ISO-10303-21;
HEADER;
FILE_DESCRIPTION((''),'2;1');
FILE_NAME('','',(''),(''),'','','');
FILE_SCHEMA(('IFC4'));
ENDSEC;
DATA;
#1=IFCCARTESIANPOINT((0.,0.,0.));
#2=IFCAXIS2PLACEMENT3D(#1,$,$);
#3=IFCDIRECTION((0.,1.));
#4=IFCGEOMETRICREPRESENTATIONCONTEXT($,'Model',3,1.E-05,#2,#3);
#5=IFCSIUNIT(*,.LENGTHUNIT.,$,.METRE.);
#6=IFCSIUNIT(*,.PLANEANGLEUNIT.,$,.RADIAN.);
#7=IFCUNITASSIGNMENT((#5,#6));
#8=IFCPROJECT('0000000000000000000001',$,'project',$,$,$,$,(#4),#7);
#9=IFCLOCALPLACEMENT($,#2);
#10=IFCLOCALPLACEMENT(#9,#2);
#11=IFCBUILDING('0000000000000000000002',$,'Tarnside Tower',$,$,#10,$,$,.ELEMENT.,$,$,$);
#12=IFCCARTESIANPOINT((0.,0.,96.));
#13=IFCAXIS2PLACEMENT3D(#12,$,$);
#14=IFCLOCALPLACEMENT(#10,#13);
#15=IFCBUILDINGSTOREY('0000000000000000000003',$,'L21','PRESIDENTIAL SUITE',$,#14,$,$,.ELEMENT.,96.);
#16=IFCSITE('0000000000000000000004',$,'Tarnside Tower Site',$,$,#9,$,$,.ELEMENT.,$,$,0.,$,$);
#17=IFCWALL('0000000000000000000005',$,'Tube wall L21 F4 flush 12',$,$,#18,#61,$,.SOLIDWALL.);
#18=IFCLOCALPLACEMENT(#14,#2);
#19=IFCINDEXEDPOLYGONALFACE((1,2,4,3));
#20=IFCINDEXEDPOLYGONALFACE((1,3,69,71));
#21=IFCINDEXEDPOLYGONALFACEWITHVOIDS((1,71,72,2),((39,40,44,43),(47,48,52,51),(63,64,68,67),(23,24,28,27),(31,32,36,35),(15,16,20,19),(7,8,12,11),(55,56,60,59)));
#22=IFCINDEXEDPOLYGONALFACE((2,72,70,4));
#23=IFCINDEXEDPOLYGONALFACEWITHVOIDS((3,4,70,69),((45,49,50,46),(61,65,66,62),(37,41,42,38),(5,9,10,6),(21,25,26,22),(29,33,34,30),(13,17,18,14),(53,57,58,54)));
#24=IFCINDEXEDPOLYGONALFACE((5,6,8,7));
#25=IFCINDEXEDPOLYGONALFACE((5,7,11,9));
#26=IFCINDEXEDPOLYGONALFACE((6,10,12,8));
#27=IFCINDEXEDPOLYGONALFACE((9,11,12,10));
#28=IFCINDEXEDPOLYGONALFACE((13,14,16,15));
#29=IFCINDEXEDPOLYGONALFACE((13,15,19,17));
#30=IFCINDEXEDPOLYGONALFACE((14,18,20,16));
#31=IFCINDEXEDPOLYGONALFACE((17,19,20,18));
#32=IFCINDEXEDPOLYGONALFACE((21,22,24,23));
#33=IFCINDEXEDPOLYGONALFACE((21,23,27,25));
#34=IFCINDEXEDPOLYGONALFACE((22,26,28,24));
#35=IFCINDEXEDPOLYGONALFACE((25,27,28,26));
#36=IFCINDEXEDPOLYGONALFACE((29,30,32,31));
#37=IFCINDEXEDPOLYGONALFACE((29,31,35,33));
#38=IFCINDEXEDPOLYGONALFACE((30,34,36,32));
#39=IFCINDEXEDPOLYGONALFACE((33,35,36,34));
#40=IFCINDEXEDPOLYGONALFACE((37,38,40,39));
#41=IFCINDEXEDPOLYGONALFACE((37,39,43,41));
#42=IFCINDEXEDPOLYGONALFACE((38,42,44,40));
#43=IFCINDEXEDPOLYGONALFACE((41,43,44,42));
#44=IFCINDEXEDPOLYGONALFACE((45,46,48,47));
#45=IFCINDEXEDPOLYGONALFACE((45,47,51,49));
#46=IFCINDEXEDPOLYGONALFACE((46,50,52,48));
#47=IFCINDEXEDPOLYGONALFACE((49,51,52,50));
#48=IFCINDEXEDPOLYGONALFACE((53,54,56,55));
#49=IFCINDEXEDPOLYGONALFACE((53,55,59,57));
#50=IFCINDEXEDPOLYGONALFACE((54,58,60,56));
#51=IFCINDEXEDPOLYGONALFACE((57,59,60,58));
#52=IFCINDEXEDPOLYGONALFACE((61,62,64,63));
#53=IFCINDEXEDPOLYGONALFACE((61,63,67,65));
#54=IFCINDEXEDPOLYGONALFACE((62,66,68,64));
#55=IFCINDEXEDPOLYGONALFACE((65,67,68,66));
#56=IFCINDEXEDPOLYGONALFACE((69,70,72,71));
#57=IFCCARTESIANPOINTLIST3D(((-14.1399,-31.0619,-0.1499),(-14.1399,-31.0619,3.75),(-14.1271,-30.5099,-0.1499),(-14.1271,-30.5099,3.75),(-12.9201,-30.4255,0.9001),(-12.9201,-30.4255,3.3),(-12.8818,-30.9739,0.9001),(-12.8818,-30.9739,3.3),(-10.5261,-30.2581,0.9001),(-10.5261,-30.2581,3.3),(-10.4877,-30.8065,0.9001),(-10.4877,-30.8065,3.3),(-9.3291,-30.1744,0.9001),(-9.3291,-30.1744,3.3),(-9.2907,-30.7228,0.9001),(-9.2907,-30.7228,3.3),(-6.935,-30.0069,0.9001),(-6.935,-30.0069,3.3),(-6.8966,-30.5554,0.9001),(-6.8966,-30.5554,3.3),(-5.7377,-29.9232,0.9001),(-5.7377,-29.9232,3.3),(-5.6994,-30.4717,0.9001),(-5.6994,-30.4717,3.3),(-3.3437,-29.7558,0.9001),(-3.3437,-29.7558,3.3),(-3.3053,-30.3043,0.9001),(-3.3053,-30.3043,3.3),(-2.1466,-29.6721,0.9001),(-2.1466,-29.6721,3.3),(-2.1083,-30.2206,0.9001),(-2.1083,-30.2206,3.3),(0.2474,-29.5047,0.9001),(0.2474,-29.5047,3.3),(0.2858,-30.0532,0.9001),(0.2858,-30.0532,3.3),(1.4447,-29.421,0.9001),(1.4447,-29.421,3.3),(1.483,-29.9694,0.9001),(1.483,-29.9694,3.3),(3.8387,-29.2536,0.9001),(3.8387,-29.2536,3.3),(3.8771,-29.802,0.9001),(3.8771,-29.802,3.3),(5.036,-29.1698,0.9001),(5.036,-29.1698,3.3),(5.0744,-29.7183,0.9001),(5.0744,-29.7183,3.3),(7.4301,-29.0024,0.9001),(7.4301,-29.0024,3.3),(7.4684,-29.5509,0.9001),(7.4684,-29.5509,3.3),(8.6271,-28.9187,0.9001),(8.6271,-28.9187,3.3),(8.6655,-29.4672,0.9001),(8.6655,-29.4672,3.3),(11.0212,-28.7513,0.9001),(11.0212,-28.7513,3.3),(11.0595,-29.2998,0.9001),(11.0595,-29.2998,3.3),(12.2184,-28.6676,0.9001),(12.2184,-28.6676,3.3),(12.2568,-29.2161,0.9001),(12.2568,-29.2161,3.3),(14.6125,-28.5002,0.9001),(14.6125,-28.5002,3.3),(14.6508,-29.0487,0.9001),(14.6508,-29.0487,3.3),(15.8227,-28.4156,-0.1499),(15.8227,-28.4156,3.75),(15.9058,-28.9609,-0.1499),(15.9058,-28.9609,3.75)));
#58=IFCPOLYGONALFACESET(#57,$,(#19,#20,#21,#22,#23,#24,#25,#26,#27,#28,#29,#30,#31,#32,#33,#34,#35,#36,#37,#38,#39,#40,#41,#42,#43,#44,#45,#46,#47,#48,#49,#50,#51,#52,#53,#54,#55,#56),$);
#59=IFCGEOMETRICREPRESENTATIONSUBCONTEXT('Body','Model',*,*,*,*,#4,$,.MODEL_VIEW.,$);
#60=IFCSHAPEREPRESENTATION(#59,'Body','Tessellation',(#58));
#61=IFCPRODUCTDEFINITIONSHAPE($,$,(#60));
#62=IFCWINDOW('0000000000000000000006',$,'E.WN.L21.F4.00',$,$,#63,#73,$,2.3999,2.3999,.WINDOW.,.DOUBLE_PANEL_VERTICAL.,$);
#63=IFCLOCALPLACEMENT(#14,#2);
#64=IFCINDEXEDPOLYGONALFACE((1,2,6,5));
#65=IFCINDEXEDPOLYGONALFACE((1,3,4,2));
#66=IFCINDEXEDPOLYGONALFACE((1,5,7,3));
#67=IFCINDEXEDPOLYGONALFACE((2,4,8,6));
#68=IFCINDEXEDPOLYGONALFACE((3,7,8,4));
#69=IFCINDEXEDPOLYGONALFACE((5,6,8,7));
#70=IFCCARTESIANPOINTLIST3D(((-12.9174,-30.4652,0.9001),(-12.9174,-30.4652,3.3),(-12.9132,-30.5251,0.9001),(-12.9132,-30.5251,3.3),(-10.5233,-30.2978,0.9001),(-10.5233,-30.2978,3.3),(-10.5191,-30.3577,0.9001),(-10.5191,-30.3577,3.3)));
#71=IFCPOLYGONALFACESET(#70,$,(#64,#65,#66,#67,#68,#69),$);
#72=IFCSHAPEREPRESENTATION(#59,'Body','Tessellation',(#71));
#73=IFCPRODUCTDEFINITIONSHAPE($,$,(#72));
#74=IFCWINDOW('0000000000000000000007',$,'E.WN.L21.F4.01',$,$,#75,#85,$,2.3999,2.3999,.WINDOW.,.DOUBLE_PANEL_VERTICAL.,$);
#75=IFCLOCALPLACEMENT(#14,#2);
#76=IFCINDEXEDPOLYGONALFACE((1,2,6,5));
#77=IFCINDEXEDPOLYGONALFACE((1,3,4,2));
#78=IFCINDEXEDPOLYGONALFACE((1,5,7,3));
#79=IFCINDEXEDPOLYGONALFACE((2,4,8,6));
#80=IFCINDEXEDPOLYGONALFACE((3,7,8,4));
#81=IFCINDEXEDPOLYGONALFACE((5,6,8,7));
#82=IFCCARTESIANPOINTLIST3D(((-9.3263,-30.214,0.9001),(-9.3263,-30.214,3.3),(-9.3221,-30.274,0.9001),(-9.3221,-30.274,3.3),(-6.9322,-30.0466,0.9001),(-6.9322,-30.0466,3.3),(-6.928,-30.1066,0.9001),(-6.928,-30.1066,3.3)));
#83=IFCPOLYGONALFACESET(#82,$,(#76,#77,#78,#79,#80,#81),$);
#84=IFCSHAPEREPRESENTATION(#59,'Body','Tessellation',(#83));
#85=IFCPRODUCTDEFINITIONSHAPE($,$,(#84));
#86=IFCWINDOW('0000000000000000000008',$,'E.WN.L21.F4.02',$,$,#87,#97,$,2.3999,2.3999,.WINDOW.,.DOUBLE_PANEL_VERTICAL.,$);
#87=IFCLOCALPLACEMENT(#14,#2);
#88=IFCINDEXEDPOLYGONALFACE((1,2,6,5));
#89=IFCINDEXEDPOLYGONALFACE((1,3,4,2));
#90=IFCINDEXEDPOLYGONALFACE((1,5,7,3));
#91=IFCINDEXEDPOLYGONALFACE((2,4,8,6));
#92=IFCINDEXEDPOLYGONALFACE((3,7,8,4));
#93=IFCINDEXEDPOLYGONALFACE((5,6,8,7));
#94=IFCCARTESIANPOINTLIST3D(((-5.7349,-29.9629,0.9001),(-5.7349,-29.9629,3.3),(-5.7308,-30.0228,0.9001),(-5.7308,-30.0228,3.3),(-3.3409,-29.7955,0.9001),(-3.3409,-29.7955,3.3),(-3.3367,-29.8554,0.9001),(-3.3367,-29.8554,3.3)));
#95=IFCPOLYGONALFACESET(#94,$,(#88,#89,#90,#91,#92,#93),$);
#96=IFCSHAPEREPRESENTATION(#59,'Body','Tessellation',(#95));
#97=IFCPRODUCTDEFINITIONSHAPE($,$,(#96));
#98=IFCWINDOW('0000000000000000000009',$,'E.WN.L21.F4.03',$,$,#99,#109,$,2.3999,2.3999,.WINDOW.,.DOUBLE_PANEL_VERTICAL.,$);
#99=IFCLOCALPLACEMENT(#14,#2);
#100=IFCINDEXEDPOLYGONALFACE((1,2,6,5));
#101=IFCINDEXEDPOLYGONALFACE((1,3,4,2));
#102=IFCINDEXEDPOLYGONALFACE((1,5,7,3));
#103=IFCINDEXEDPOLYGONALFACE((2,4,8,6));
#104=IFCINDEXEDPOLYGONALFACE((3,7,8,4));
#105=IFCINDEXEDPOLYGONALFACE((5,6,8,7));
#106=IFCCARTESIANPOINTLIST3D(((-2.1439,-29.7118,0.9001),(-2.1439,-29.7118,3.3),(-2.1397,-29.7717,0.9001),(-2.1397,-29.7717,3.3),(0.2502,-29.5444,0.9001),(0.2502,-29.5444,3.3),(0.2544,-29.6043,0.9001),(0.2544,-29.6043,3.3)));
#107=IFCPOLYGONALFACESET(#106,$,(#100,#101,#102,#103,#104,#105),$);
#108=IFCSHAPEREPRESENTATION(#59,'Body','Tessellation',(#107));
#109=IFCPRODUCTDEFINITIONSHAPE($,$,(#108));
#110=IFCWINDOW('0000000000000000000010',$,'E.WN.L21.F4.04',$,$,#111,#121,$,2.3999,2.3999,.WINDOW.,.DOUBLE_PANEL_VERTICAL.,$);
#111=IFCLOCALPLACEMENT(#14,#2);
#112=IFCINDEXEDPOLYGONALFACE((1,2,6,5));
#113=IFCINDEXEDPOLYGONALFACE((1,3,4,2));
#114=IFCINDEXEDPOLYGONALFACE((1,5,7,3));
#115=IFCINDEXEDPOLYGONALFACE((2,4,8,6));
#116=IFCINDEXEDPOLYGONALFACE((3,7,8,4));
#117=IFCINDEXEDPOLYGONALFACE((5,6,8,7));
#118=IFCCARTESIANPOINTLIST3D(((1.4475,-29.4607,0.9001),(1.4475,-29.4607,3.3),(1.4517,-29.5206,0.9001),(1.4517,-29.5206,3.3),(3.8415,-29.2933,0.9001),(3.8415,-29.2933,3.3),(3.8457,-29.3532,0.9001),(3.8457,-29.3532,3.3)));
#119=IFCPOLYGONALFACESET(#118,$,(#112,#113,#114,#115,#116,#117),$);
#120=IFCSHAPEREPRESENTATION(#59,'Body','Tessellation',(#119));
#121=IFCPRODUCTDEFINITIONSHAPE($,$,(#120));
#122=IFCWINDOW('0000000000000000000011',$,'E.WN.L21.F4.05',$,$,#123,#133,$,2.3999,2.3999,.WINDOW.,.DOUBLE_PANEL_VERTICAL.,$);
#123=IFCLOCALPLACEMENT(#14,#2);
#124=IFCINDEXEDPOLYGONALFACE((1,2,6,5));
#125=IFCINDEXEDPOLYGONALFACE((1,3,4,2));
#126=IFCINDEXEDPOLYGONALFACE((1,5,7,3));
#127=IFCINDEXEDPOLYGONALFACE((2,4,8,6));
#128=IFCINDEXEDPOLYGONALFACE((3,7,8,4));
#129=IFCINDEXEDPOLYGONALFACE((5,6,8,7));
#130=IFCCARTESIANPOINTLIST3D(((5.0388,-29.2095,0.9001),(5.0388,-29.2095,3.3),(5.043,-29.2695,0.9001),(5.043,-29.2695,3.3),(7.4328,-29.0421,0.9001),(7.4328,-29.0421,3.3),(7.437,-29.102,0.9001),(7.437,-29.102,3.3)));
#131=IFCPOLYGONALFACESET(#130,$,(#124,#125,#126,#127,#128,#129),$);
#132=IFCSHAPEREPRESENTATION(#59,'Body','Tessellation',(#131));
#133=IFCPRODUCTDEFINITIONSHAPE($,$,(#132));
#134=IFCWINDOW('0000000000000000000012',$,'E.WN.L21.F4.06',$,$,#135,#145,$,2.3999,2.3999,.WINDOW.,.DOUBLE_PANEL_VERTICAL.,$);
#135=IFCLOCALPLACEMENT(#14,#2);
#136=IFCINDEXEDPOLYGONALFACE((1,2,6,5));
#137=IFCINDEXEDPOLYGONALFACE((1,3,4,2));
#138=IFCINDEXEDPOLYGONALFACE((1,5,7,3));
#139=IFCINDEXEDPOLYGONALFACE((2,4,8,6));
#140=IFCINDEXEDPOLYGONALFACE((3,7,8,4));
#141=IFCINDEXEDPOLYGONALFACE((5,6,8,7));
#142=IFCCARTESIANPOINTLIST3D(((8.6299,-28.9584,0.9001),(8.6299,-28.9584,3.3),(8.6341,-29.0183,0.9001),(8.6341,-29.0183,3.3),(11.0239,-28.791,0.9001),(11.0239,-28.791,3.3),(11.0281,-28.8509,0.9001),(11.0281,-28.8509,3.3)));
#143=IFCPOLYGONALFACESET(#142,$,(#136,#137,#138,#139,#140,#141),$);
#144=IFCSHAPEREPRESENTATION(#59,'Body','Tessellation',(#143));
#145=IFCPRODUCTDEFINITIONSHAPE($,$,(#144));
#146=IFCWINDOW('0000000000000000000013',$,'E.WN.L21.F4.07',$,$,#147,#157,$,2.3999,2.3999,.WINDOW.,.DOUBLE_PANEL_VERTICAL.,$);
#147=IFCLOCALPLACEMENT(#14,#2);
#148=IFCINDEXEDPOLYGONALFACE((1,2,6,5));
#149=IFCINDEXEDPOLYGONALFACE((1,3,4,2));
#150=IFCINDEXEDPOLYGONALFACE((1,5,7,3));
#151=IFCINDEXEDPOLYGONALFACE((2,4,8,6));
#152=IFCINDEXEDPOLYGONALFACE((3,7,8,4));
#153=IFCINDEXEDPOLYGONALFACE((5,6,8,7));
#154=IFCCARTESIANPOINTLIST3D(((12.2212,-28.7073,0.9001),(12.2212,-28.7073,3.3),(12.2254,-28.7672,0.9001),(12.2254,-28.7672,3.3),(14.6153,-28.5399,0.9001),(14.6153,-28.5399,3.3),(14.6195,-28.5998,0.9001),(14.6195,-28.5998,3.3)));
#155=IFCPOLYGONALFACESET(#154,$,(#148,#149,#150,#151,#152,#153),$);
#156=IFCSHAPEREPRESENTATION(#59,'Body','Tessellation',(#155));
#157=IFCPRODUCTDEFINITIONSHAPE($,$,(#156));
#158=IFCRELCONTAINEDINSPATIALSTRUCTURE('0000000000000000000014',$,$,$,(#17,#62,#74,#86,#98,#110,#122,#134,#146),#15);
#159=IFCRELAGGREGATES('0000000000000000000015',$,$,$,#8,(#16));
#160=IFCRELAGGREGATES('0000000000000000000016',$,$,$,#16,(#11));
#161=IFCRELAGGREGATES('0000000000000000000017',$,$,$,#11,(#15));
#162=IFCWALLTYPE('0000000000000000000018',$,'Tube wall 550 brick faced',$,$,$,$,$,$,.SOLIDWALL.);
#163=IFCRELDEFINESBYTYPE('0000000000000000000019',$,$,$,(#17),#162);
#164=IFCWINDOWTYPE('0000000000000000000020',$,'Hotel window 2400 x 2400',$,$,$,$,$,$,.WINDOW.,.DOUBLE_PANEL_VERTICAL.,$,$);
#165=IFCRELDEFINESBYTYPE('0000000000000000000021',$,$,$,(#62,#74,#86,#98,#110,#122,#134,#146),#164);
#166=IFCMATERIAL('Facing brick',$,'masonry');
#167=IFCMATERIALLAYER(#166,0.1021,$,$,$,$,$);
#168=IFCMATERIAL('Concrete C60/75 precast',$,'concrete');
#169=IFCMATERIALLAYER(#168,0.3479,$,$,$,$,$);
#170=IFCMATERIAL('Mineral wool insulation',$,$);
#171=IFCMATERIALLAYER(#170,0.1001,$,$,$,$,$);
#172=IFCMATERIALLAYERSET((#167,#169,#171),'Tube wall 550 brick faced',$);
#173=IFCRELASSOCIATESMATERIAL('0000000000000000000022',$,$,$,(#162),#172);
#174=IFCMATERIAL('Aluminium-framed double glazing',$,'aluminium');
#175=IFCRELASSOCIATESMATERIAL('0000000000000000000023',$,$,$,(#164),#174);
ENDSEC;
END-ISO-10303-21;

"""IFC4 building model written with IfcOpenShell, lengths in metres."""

from ifc_helpers import new_model, si_unit, direction, frame, frame_2d, origin, place, context, subcontext, project, spatial, polyline, rectangle, outline, extrude, material, layer, layer_set, type_object, element, fill, save


model = new_model("IFC4")

# Units and contexts
model_context = context("Model", 3, precision=1e-05, world=origin(), true_north=direction((0.0, 1.0)))
body_context = subcontext(model_context, "Body", "Model", "MODEL_VIEW")
ifc_project = project(units=[si_unit("LENGTHUNIT", "METRE"), si_unit("PLANEANGLEUNIT", "RADIAN")], contexts=[model_context])

# Site, building, storey
site_placement = place(None, origin())
site = spatial("IfcSite", under=ifc_project, at=site_placement, Name="Tarnside Tower Site", CompositionType="ELEMENT", RefElevation=0.0)
building_placement = place(site_placement, origin())
building = spatial("IfcBuilding", under=site, at=building_placement, Name="Tarnside Tower", CompositionType="ELEMENT")
storey_placement = place(building_placement, frame((0.0, 0.0, 96.0)))
storey = spatial("IfcBuildingStorey", under=building, at=storey_placement, Name="L21", Description="PRESIDENTIAL SUITE", CompositionType="ELEMENT", Elevation=96.0)

# Shared definitions
ifc_material_1 = material(Name="Facing brick", Category="masonry")
ifc_layer_1 = layer(ifc_material_1, 0.1021)
ifc_material_2 = material(Name="Concrete C60/75 precast", Category="concrete")
ifc_layer_2 = layer(ifc_material_2, 0.3479)
ifc_material_3 = material(Name="Mineral wool insulation")
ifc_layer_3 = layer(ifc_material_3, 0.1001)
ifc_layer_set_1 = layer_set([ifc_layer_1, ifc_layer_2, ifc_layer_3], Name="Tube wall 550 brick faced")
wall_type_1 = type_object("IfcWallType", Name="Tube wall 550 brick faced", PredefinedType="SOLIDWALL", material=ifc_layer_set_1)

# Wall, openings, windows
wall_1_placement = place(storey_placement, frame((-14.1335, -30.7859, -0.1499), z_axis=(0.0, 0.0, 1.0), x_axis=(0.997564, 0.069757, 0.0)))
wall_1 = element("IfcWall", 1, at=wall_1_placement, inside=storey, type_object=wall_type_1, Name="Tube wall L21 F4 flush 12", PredefinedType="SOLIDWALL", context=body_context, shape_type="SweptSolid", body=[
    extrude(outline(polyline([(-0.0256, -0.2749), (30.0935, -0.2749), (30.0486, 0.2749), (0.0256, 0.2749), (-0.0256, -0.2749)])), origin(), (0.0, 0.0, 1.0), 3.8999),
])
opening_1_placement = place(wall_1_placement, frame((1.2356, 0.0, 1.05)))
opening_1 = element("IfcOpeningElement", 2, at=opening_1_placement, cuts=wall_1, PredefinedType="OPENING", context=body_context, shape_type="SweptSolid", body=[
    extrude(rectangle(XDim=2.3999, YDim=2.3999, at=frame_2d((1.2, 1.2))), frame((0.0, 0.2852, 0.0), z_axis=(0.0, -1.0, 0.0), x_axis=(1.0, 0.0, 0.0)), (0.0, 0.0, 1.0), 0.5701),
])
opening_2_placement = place(wall_1_placement, frame((4.8354, 0.0, 1.05)))
opening_2 = element("IfcOpeningElement", 3, at=opening_2_placement, cuts=wall_1, PredefinedType="OPENING", context=body_context, shape_type="SweptSolid", body=[
    extrude(rectangle(XDim=2.3999, YDim=2.3999, at=frame_2d((1.2, 1.2))), frame((0.0, 0.2852, 0.0), z_axis=(0.0, -1.0, 0.0), x_axis=(1.0, 0.0, 0.0)), (0.0, 0.0, 1.0), 0.5701),
])
opening_3_placement = place(wall_1_placement, frame((8.4355, 0.0, 1.05)))
opening_3 = element("IfcOpeningElement", 4, at=opening_3_placement, cuts=wall_1, PredefinedType="OPENING", context=body_context, shape_type="SweptSolid", body=[
    extrude(rectangle(XDim=2.3999, YDim=2.3999, at=frame_2d((1.2, 1.2))), frame((0.0, 0.2852, 0.0), z_axis=(0.0, -1.0, 0.0), x_axis=(1.0, 0.0, 0.0)), (0.0, 0.0, 1.0), 0.5701),
])
opening_4_placement = place(wall_1_placement, frame((12.0354, 0.0, 1.05)))
opening_4 = element("IfcOpeningElement", 5, at=opening_4_placement, cuts=wall_1, PredefinedType="OPENING", context=body_context, shape_type="SweptSolid", body=[
    extrude(rectangle(XDim=2.3999, YDim=2.3999, at=frame_2d((1.2, 1.2))), frame((0.0, 0.2852, 0.0), z_axis=(0.0, -1.0, 0.0), x_axis=(1.0, 0.0, 0.0)), (0.0, 0.0, 1.0), 0.5701),
])
opening_5_placement = place(wall_1_placement, frame((15.6355, 0.0, 1.05)))
opening_5 = element("IfcOpeningElement", 6, at=opening_5_placement, cuts=wall_1, PredefinedType="OPENING", context=body_context, shape_type="SweptSolid", body=[
    extrude(rectangle(XDim=2.3999, YDim=2.3999, at=frame_2d((1.2, 1.2))), frame((0.0, 0.2852, 0.0), z_axis=(0.0, -1.0, 0.0), x_axis=(1.0, 0.0, 0.0)), (0.0, 0.0, 1.0), 0.5701),
])
opening_6_placement = place(wall_1_placement, frame((19.2356, 0.0, 1.05)))
opening_6 = element("IfcOpeningElement", 7, at=opening_6_placement, cuts=wall_1, PredefinedType="OPENING", context=body_context, shape_type="SweptSolid", body=[
    extrude(rectangle(XDim=2.3999, YDim=2.3999, at=frame_2d((1.2, 1.2))), frame((0.0, 0.2852, 0.0), z_axis=(0.0, -1.0, 0.0), x_axis=(1.0, 0.0, 0.0)), (0.0, 0.0, 1.0), 0.5701),
])
opening_7_placement = place(wall_1_placement, frame((22.8354, 0.0, 1.05)))
opening_7 = element("IfcOpeningElement", 8, at=opening_7_placement, cuts=wall_1, PredefinedType="OPENING", context=body_context, shape_type="SweptSolid", body=[
    extrude(rectangle(XDim=2.3999, YDim=2.3999, at=frame_2d((1.2, 1.2))), frame((0.0, 0.2852, 0.0), z_axis=(0.0, -1.0, 0.0), x_axis=(1.0, 0.0, 0.0)), (0.0, 0.0, 1.0), 0.5701),
])
opening_8_placement = place(wall_1_placement, frame((26.4355, 0.0, 1.05)))
opening_8 = element("IfcOpeningElement", 9, at=opening_8_placement, cuts=wall_1, PredefinedType="OPENING", context=body_context, shape_type="SweptSolid", body=[
    extrude(rectangle(XDim=2.3999, YDim=2.3999, at=frame_2d((1.2, 1.2))), frame((0.0, 0.2852, 0.0), z_axis=(0.0, -1.0, 0.0), x_axis=(1.0, 0.0, 0.0)), (0.0, 0.0, 1.0), 0.5701),
])
ifc_material_4 = material(Name="Aluminium-framed double glazing", Category="aluminium")
window_type = type_object("IfcWindowType", Name="Hotel window 2400 x 2400", PartitioningType="DOUBLE_PANEL_VERTICAL", PredefinedType="WINDOW", material=ifc_material_4)
window_1_placement = place(opening_1_placement, frame((0.0, 0.2051, 0.0)))
window_1 = element("IfcWindow", 10, at=window_1_placement, inside=storey, type_object=window_type, Name="E.WN.L21.F4.00", OverallHeight=2.3999, OverallWidth=2.3999, PartitioningType="DOUBLE_PANEL_VERTICAL", PredefinedType="WINDOW", context=body_context, shape_type="SweptSolid", body=[
    extrude(rectangle(XDim=2.3999, YDim=2.3999, at=frame_2d((1.2, 1.2))), frame((0.0, 0.03, 0.0), z_axis=(0.0, -1.0, 0.0), x_axis=(1.0, 0.0, 0.0)), (0.0, 0.0, 1.0), 0.0601),
])
fill(opening_1, window_1)
window_2_placement = place(opening_2_placement, frame((0.0, 0.2051, 0.0)))
window_2 = element("IfcWindow", 11, at=window_2_placement, inside=storey, type_object=window_type, Name="E.WN.L21.F4.01", OverallHeight=2.3999, OverallWidth=2.3999, PartitioningType="DOUBLE_PANEL_VERTICAL", PredefinedType="WINDOW", context=body_context, shape_type="SweptSolid", body=[
    extrude(rectangle(XDim=2.3999, YDim=2.3999, at=frame_2d((1.2, 1.2))), frame((0.0, 0.03, 0.0), z_axis=(0.0, -1.0, 0.0), x_axis=(1.0, 0.0, 0.0)), (0.0, 0.0, 1.0), 0.0601),
])
fill(opening_2, window_2)
window_3_placement = place(opening_3_placement, frame((0.0, 0.2051, 0.0)))
window_3 = element("IfcWindow", 12, at=window_3_placement, inside=storey, type_object=window_type, Name="E.WN.L21.F4.02", OverallHeight=2.3999, OverallWidth=2.3999, PartitioningType="DOUBLE_PANEL_VERTICAL", PredefinedType="WINDOW", context=body_context, shape_type="SweptSolid", body=[
    extrude(rectangle(XDim=2.3999, YDim=2.3999, at=frame_2d((1.2, 1.2))), frame((0.0, 0.03, 0.0), z_axis=(0.0, -1.0, 0.0), x_axis=(1.0, 0.0, 0.0)), (0.0, 0.0, 1.0), 0.0601),
])
fill(opening_3, window_3)
window_4_placement = place(opening_4_placement, frame((0.0, 0.2051, 0.0)))
window_4 = element("IfcWindow", 13, at=window_4_placement, inside=storey, type_object=window_type, Name="E.WN.L21.F4.03", OverallHeight=2.3999, OverallWidth=2.3999, PartitioningType="DOUBLE_PANEL_VERTICAL", PredefinedType="WINDOW", context=body_context, shape_type="SweptSolid", body=[
    extrude(rectangle(XDim=2.3999, YDim=2.3999, at=frame_2d((1.2, 1.2))), frame((0.0, 0.03, 0.0), z_axis=(0.0, -1.0, 0.0), x_axis=(1.0, 0.0, 0.0)), (0.0, 0.0, 1.0), 0.0601),
])
fill(opening_4, window_4)
window_5_placement = place(opening_5_placement, frame((0.0, 0.2051, 0.0)))
window_5 = element("IfcWindow", 14, at=window_5_placement, inside=storey, type_object=window_type, Name="E.WN.L21.F4.04", OverallHeight=2.3999, OverallWidth=2.3999, PartitioningType="DOUBLE_PANEL_VERTICAL", PredefinedType="WINDOW", context=body_context, shape_type="SweptSolid", body=[
    extrude(rectangle(XDim=2.3999, YDim=2.3999, at=frame_2d((1.2, 1.2))), frame((0.0, 0.03, 0.0), z_axis=(0.0, -1.0, 0.0), x_axis=(1.0, 0.0, 0.0)), (0.0, 0.0, 1.0), 0.0601),
])
fill(opening_5, window_5)
window_6_placement = place(opening_6_placement, frame((0.0, 0.2051, 0.0)))
window_6 = element("IfcWindow", 15, at=window_6_placement, inside=storey, type_object=window_type, Name="E.WN.L21.F4.05", OverallHeight=2.3999, OverallWidth=2.3999, PartitioningType="DOUBLE_PANEL_VERTICAL", PredefinedType="WINDOW", context=body_context, shape_type="SweptSolid", body=[
    extrude(rectangle(XDim=2.3999, YDim=2.3999, at=frame_2d((1.2, 1.2))), frame((0.0, 0.03, 0.0), z_axis=(0.0, -1.0, 0.0), x_axis=(1.0, 0.0, 0.0)), (0.0, 0.0, 1.0), 0.0601),
])
fill(opening_6, window_6)
window_7_placement = place(opening_7_placement, frame((0.0, 0.2051, 0.0)))
window_7 = element("IfcWindow", 16, at=window_7_placement, inside=storey, type_object=window_type, Name="E.WN.L21.F4.06", OverallHeight=2.3999, OverallWidth=2.3999, PartitioningType="DOUBLE_PANEL_VERTICAL", PredefinedType="WINDOW", context=body_context, shape_type="SweptSolid", body=[
    extrude(rectangle(XDim=2.3999, YDim=2.3999, at=frame_2d((1.2, 1.2))), frame((0.0, 0.03, 0.0), z_axis=(0.0, -1.0, 0.0), x_axis=(1.0, 0.0, 0.0)), (0.0, 0.0, 1.0), 0.0601),
])
fill(opening_7, window_7)
window_8_placement = place(opening_8_placement, frame((0.0, 0.2051, 0.0)))
window_8 = element("IfcWindow", 17, at=window_8_placement, inside=storey, type_object=window_type, Name="E.WN.L21.F4.07", OverallHeight=2.3999, OverallWidth=2.3999, PartitioningType="DOUBLE_PANEL_VERTICAL", PredefinedType="WINDOW", context=body_context, shape_type="SweptSolid", body=[
    extrude(rectangle(XDim=2.3999, YDim=2.3999, at=frame_2d((1.2, 1.2))), frame((0.0, 0.03, 0.0), z_axis=(0.0, -1.0, 0.0), x_axis=(1.0, 0.0, 0.0)), (0.0, 0.0, 1.0), 0.0601),
])
fill(opening_8, window_8)

save(model, "model.ifc")
